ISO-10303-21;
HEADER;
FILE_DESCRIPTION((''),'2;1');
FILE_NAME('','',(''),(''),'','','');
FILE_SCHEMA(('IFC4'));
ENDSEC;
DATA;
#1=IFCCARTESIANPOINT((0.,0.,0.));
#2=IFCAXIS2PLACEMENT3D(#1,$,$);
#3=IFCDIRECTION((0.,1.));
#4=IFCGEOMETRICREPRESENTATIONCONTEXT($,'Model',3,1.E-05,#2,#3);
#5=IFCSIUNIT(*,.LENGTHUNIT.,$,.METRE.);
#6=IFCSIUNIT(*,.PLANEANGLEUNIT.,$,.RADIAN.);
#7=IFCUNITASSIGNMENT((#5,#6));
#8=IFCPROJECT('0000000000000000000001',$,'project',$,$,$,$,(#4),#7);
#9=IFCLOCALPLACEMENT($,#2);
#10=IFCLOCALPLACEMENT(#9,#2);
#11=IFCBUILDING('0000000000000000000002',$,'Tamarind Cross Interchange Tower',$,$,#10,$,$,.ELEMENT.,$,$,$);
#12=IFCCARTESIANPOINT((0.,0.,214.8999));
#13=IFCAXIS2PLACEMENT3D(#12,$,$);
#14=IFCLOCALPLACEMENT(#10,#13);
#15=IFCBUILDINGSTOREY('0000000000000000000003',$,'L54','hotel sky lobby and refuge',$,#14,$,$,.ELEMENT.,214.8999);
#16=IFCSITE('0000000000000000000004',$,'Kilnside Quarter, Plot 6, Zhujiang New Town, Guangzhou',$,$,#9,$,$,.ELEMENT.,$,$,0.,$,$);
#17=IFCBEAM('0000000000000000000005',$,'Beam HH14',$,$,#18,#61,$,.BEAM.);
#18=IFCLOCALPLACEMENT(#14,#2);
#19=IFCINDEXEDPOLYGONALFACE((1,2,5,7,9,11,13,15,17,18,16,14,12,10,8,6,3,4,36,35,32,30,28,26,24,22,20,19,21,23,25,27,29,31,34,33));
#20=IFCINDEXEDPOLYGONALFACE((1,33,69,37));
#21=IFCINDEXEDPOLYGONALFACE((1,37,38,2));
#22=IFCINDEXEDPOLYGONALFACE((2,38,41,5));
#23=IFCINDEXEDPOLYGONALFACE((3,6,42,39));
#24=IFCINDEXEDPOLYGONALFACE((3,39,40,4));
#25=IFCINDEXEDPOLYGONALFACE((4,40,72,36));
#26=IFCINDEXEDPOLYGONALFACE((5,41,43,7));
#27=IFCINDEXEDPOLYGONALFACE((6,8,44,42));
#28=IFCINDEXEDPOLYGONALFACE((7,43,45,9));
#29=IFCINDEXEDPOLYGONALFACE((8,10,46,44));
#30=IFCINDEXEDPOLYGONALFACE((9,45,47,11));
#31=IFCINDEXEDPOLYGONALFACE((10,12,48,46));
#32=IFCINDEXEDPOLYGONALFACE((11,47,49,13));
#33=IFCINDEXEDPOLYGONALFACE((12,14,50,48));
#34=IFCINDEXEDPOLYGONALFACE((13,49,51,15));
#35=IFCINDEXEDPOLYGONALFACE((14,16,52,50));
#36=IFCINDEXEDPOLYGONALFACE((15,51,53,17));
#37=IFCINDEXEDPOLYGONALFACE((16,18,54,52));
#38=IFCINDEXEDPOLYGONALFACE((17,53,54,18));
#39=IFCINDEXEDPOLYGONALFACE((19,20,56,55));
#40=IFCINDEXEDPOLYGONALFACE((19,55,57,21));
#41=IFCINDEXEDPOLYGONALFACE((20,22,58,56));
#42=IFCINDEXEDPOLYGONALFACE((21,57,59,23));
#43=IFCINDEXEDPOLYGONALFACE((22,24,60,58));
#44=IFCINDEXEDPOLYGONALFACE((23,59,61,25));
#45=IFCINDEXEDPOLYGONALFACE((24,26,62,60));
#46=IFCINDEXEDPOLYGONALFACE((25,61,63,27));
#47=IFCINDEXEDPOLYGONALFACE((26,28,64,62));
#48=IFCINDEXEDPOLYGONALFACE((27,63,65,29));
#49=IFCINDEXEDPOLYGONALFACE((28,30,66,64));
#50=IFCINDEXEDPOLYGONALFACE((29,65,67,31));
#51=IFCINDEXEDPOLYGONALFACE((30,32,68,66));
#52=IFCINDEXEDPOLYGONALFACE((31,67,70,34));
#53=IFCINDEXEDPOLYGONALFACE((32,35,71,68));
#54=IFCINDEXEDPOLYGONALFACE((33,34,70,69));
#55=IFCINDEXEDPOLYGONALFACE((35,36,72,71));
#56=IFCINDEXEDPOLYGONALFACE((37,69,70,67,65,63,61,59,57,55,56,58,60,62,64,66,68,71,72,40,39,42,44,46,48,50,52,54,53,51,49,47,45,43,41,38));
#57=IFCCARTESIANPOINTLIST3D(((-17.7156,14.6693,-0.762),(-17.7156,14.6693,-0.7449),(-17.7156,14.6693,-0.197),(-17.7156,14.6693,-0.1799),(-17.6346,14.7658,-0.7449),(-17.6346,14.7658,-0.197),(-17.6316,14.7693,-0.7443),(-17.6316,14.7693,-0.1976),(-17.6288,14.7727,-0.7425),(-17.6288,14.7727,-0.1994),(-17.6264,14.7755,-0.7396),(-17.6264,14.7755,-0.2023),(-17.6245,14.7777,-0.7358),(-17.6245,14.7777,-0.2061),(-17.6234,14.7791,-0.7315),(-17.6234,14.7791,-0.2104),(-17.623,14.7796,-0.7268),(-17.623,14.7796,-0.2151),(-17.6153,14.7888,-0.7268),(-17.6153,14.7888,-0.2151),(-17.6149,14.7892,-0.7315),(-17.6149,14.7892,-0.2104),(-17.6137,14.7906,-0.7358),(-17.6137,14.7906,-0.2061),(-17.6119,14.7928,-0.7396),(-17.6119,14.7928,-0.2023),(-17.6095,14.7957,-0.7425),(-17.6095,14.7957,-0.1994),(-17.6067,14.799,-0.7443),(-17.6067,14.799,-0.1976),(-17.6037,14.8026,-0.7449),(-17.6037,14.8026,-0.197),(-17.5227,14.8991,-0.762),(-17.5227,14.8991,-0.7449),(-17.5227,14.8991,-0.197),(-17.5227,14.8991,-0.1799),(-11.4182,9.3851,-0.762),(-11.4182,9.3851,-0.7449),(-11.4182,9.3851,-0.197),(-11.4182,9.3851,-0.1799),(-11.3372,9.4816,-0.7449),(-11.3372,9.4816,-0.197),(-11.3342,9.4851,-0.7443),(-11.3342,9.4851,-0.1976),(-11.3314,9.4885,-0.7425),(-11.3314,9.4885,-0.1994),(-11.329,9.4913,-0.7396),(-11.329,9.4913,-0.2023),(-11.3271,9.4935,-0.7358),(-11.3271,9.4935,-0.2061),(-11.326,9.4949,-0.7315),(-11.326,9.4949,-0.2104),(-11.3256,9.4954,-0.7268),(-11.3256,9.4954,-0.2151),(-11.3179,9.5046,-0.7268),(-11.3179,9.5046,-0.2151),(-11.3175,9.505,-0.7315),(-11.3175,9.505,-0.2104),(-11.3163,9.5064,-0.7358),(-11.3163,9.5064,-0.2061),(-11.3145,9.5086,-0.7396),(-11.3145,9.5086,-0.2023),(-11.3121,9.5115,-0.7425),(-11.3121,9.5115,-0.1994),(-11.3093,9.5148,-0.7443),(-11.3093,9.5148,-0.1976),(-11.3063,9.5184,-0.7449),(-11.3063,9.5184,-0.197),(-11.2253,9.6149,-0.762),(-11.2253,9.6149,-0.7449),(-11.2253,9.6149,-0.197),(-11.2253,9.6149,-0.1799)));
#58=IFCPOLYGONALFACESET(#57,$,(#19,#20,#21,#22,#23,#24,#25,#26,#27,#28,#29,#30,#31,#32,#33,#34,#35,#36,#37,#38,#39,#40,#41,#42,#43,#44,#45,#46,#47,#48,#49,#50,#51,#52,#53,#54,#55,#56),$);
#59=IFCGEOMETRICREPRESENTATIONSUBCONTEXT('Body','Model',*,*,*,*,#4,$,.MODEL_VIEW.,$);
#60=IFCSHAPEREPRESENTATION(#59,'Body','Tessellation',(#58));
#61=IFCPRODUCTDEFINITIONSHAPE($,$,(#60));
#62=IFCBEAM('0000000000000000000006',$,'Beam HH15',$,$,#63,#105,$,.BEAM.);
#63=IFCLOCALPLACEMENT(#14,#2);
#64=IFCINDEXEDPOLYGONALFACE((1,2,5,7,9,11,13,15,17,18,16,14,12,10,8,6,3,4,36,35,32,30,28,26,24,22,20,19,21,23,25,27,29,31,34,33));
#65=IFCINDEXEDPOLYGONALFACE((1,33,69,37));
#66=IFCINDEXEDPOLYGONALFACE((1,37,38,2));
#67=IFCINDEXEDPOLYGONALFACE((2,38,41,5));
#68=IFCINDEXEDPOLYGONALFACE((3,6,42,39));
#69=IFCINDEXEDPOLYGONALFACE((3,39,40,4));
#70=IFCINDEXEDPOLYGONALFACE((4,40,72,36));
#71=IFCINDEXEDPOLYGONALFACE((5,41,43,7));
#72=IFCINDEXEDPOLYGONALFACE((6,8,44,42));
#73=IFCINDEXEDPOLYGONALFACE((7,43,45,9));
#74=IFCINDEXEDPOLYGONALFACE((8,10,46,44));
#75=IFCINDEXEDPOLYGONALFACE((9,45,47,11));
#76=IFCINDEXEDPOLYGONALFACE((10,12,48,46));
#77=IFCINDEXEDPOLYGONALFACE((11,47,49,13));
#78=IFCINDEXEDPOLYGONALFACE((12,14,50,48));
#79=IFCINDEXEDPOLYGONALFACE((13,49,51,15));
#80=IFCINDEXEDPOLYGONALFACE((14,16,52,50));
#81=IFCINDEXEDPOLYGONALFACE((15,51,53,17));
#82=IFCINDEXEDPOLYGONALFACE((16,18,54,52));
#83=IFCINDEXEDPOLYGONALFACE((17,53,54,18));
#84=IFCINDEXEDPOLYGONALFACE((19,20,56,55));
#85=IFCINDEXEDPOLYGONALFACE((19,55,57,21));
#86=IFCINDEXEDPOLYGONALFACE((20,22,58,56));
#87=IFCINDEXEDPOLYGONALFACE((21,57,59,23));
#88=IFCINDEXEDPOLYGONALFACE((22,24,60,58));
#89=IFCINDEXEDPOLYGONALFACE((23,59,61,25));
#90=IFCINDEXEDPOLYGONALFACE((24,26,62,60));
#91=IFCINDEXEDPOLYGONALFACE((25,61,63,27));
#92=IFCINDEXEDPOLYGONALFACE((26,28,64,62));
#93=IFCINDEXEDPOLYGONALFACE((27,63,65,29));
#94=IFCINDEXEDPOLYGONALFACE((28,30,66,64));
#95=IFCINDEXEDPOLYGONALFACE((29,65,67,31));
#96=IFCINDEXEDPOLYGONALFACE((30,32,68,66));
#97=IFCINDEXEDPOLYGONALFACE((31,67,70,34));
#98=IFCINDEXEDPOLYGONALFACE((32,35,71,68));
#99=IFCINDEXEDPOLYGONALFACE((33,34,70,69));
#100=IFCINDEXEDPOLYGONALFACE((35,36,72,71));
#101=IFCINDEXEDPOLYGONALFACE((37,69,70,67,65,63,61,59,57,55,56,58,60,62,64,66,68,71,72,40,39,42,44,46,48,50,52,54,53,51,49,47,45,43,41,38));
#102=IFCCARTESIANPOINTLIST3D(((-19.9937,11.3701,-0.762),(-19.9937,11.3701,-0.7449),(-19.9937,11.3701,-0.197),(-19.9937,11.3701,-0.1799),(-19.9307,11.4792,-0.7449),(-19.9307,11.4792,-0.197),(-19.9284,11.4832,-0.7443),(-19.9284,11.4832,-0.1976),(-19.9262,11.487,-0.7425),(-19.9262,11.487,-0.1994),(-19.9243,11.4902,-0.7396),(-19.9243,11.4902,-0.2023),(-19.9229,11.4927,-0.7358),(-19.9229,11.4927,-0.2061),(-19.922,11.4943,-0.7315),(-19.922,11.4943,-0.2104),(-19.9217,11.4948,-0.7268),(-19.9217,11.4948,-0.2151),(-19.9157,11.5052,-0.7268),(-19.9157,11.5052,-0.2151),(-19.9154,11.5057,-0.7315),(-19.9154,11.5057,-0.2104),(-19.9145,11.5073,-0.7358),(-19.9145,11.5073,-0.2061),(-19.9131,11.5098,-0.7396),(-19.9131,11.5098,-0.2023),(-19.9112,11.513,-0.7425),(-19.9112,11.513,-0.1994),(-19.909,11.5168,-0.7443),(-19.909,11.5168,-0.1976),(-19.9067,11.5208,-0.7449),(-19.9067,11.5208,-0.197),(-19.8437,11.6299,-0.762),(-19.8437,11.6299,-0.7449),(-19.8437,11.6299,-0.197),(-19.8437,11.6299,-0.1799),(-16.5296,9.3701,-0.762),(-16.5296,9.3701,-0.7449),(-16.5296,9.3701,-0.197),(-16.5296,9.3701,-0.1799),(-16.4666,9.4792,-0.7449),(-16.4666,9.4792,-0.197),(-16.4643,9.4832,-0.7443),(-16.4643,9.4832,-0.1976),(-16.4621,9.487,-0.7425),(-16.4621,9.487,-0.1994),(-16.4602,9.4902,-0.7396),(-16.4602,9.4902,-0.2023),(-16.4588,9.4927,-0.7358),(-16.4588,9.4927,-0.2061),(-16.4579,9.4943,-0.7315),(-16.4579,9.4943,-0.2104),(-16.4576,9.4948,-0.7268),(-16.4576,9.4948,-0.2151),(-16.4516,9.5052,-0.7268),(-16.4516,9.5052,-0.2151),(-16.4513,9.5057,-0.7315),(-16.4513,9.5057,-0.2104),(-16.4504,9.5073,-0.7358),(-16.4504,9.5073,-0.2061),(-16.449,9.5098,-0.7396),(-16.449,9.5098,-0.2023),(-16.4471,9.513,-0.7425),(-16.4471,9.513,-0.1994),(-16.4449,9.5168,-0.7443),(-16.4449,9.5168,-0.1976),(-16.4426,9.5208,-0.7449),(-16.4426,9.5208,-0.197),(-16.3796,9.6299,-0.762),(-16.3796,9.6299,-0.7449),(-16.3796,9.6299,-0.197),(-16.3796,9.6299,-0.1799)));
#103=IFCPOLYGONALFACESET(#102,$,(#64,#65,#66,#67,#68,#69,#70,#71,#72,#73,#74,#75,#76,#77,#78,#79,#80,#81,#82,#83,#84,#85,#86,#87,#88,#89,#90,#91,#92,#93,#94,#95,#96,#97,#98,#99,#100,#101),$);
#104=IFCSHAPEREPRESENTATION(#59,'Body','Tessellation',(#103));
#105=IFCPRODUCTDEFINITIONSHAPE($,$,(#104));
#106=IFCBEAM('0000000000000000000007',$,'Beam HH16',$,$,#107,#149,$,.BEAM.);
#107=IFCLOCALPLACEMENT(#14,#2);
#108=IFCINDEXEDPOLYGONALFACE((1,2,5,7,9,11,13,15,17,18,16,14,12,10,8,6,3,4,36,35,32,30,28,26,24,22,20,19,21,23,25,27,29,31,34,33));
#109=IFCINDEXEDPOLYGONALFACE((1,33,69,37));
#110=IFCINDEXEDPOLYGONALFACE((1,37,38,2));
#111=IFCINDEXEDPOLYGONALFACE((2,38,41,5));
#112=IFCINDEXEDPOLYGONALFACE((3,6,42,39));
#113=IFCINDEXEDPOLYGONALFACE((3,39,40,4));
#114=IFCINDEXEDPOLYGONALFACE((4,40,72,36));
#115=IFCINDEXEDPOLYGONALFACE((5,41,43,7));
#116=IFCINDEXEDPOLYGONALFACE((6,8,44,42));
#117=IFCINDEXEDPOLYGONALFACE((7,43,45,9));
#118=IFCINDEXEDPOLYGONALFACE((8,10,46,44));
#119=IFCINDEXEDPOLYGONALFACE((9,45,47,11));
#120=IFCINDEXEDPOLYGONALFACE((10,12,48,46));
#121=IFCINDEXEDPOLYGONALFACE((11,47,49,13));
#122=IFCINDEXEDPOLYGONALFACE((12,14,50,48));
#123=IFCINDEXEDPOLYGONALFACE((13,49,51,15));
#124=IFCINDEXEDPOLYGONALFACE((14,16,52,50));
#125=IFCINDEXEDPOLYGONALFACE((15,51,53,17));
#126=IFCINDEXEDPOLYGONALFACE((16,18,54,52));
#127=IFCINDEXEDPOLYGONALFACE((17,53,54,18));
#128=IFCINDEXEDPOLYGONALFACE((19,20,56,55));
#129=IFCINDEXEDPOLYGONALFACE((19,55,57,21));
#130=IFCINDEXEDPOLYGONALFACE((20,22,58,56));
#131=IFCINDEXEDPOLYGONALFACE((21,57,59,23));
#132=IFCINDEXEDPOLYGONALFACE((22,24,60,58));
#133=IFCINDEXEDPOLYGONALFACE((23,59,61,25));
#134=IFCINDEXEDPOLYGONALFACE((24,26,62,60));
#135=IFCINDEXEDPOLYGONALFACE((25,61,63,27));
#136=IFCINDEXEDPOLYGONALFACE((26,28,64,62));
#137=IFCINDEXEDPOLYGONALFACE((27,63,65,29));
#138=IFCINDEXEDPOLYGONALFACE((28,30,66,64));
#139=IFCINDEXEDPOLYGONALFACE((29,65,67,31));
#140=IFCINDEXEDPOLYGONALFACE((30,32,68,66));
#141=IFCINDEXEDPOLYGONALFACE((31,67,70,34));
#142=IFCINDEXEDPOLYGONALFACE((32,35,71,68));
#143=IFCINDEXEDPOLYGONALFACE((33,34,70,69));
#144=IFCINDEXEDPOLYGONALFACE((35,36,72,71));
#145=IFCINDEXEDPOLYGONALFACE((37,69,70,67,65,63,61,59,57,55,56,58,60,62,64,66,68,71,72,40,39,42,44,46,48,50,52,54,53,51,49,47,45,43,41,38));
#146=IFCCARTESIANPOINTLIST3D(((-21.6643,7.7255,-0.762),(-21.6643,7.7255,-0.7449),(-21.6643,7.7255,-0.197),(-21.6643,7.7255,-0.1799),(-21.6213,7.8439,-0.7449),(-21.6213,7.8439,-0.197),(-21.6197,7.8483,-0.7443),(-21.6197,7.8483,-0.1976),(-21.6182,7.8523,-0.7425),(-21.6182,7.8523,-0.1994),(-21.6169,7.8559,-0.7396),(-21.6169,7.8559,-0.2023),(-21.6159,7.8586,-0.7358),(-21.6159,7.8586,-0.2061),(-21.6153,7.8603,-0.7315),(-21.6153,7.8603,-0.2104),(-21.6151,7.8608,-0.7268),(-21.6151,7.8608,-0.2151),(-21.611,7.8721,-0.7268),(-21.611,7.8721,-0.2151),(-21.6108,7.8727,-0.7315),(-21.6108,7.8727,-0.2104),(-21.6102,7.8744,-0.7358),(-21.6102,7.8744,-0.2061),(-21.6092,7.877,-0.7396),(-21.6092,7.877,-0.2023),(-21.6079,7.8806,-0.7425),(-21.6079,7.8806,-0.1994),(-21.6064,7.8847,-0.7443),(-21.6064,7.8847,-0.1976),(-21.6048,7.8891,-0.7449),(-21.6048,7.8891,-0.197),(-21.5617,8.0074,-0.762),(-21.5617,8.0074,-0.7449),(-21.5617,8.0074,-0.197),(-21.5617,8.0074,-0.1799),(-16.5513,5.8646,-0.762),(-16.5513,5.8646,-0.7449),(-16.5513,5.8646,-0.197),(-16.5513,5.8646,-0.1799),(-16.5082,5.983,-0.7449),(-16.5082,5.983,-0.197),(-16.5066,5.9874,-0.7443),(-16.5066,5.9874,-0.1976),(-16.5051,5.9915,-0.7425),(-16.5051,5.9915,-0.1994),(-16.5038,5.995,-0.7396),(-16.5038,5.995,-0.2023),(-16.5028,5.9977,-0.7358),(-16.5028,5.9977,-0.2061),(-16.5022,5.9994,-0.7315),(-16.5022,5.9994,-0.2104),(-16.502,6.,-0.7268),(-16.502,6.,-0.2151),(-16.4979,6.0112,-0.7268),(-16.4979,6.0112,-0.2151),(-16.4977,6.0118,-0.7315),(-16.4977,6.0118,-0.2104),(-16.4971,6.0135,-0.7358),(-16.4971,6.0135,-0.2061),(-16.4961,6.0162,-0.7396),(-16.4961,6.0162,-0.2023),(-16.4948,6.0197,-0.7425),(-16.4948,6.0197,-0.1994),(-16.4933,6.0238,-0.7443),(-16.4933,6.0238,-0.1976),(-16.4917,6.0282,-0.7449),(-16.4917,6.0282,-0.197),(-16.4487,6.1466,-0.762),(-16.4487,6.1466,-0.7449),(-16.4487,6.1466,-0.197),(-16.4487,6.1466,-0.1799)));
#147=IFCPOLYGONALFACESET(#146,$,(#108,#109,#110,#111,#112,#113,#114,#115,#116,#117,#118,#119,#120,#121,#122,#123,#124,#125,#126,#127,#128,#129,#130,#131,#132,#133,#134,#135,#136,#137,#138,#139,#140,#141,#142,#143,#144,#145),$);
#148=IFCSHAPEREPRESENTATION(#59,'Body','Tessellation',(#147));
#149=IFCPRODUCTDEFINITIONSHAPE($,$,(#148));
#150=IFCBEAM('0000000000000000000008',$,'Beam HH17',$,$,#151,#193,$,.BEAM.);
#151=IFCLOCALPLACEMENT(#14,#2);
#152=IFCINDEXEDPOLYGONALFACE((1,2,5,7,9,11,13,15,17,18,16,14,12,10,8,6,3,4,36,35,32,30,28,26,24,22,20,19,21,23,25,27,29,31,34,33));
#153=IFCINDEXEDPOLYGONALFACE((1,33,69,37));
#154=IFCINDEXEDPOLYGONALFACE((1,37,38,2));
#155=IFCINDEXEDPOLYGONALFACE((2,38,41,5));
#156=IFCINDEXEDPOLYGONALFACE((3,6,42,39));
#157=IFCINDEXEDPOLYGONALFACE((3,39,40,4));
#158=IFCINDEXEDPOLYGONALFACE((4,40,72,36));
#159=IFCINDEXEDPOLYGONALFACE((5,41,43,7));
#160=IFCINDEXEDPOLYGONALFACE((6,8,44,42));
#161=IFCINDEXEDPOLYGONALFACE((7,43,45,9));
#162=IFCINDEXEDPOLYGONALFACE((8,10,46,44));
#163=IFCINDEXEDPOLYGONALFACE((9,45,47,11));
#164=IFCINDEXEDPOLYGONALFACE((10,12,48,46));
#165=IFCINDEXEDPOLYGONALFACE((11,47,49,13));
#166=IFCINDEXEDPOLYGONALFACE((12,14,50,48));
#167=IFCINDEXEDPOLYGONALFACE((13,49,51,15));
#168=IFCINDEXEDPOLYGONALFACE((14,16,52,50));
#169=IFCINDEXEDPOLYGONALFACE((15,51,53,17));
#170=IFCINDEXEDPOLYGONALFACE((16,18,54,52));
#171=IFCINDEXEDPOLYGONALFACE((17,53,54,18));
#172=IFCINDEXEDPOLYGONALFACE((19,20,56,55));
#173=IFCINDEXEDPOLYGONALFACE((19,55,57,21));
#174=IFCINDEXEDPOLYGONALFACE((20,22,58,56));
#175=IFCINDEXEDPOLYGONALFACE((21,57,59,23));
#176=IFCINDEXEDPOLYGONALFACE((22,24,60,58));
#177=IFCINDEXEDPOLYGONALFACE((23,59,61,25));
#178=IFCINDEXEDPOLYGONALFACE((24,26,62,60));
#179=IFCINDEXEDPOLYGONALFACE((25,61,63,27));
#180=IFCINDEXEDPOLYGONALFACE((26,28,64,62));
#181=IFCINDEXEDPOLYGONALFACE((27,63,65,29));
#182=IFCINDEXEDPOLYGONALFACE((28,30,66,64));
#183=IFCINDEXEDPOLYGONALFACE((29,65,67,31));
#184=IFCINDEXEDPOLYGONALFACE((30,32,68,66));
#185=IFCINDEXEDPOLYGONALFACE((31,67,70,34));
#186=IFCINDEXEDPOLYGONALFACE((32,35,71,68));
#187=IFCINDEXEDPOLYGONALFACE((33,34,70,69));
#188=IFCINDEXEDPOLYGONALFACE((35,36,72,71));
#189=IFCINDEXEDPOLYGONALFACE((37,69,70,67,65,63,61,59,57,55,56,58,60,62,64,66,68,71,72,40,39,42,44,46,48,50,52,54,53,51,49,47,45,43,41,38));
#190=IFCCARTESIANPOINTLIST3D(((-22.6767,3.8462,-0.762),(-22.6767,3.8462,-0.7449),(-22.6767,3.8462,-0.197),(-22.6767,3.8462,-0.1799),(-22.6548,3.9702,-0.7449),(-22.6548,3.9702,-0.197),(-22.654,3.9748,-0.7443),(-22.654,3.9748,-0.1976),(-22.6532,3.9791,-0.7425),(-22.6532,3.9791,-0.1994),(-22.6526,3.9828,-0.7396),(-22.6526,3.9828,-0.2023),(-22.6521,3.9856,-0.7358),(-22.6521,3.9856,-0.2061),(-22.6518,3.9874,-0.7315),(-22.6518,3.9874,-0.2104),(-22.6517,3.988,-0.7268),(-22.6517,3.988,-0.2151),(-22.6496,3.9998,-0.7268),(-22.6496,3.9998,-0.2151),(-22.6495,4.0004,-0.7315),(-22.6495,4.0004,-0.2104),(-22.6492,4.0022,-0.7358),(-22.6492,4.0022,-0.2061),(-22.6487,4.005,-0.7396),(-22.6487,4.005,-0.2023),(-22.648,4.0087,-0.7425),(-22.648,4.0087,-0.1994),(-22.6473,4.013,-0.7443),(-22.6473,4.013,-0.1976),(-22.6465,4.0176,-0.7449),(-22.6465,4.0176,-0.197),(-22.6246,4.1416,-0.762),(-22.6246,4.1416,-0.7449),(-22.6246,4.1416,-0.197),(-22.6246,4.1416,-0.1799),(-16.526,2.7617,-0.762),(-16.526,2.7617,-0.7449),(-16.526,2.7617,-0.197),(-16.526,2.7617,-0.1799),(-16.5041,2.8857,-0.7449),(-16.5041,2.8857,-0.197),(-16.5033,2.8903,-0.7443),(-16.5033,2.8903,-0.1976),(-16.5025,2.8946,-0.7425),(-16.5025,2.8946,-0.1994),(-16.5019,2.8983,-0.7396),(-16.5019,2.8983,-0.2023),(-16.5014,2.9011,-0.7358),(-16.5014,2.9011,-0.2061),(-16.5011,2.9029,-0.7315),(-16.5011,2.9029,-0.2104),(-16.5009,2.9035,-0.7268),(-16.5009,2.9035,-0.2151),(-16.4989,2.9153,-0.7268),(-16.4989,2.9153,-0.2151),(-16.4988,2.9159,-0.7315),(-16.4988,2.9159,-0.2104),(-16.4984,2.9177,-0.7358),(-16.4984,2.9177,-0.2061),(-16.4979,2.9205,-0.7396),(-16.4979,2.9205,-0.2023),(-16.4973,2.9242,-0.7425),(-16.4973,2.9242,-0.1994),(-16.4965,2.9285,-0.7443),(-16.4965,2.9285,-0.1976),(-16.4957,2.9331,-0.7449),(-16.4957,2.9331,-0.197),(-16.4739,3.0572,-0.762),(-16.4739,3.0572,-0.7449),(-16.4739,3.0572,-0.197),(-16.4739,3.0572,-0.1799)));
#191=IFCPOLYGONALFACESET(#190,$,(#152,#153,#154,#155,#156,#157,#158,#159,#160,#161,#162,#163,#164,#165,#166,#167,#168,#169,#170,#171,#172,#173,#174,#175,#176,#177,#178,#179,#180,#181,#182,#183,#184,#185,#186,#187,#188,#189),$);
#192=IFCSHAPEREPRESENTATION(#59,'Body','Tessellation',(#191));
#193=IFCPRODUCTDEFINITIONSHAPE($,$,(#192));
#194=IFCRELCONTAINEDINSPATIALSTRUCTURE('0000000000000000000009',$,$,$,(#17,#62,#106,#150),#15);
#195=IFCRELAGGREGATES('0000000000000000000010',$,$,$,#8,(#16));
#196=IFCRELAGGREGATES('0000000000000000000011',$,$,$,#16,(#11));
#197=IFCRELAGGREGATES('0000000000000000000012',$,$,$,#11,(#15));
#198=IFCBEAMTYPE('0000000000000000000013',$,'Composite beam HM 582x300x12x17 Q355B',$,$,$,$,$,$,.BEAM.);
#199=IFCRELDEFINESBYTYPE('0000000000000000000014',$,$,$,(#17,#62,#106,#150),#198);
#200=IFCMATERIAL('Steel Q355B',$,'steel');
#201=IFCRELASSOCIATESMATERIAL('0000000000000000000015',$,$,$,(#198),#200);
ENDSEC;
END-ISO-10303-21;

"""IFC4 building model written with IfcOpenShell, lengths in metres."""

from ifc_helpers import new_model, si_unit, direction, frame, origin, origin_2d, place, context, subcontext, project, spatial, i_section, extrude, material, material_profile, profile_set, type_object, element, save


model = new_model("IFC4")

# Units and contexts
model_context = context("Model", 3, precision=1e-05, world=origin(), true_north=direction((0.0, 1.0)))
body_context = subcontext(model_context, "Body", "Model", "MODEL_VIEW")
ifc_project = project(units=[si_unit("LENGTHUNIT", "METRE"), si_unit("PLANEANGLEUNIT", "RADIAN")], contexts=[model_context])

# Site, building, storey
site_placement = place(None, origin())
site = spatial("IfcSite", under=ifc_project, at=site_placement, Name="Kilnside Quarter, Plot 6, Zhujiang New Town, Guangzhou", CompositionType="ELEMENT", RefElevation=0.0)
building_placement = place(site_placement, origin())
building = spatial("IfcBuilding", under=site, at=building_placement, Name="Tamarind Cross Interchange Tower", CompositionType="ELEMENT")
storey_placement = place(building_placement, frame((0.0, 0.0, 214.8999)))
storey = spatial("IfcBuildingStorey", under=building, at=storey_placement, Name="L54", Description="hotel sky lobby and refuge", CompositionType="ELEMENT", Elevation=214.8999)

# Beams
ifc_material_1 = material(Name="Steel Q355B", Category="steel")
ifc_material_profile_1 = material_profile(ifc_material_1, i_section(OverallWidth=0.3, OverallDepth=0.582, WebThickness=0.012, FlangeThickness=0.0171, FilletRadius=0.0181, at=origin_2d()), Name="HM 582x300x12x17")
ifc_profile_set_1 = profile_set([ifc_material_profile_1], Name="Steel Q355B")
beam_type = type_object("IfcBeamType", Name="Composite beam HM 582x300x12x17 Q355B", PredefinedType="BEAM", material=ifc_profile_set_1)
beam_1_placement = place(storey_placement, frame((-17.6191, 14.7842, -0.4709), z_axis=(0.766041, -0.642792, 0.0), x_axis=(0.642792, 0.766041, 0.0)))
element("IfcBeam", 1, at=beam_1_placement, inside=storey, type_object=beam_type, Name="Beam HH14", PredefinedType="BEAM", context=body_context, shape_type="SweptSolid", body=[
    extrude(i_section(OverallWidth=0.3, OverallDepth=0.582, WebThickness=0.012, FlangeThickness=0.0171, FilletRadius=0.0181, at=origin_2d()), origin(), (0.0, 0.0, 1.0), 8.2207),
])
beam_2_placement = place(storey_placement, frame((-19.9187, 11.5, -0.4709), z_axis=(0.866026, -0.499999, 0.0), x_axis=(0.499999, 0.866026, 0.0)))
element("IfcBeam", 2, at=beam_2_placement, inside=storey, type_object=beam_type, Name="Beam HH15", PredefinedType="BEAM", context=body_context, shape_type="SweptSolid", body=[
    extrude(i_section(OverallWidth=0.3, OverallDepth=0.582, WebThickness=0.012, FlangeThickness=0.0171, FilletRadius=0.0181, at=origin_2d()), origin(), (0.0, 0.0, 1.0), 4.0),
])
beam_3_placement = place(storey_placement, frame((-21.613, 7.8665, -0.4709), z_axis=(0.939702, -0.341995, 0.0), x_axis=(0.341995, 0.939702, 0.0)))
element("IfcBeam", 3, at=beam_3_placement, inside=storey, type_object=beam_type, Name="Beam HH16", PredefinedType="BEAM", context=body_context, shape_type="SweptSolid", body=[
    extrude(i_section(OverallWidth=0.3, OverallDepth=0.582, WebThickness=0.012, FlangeThickness=0.0171, FilletRadius=0.0181, at=origin_2d()), origin(), (0.0, 0.0, 1.0), 5.4412),
])
beam_4_placement = place(storey_placement, frame((-22.6506, 3.9939, -0.4709), z_axis=(0.984809, -0.17364, 0.0), x_axis=(0.17364, 0.984809, 0.0)))
element("IfcBeam", 4, at=beam_4_placement, inside=storey, type_object=beam_type, Name="Beam HH17", PredefinedType="BEAM", context=body_context, shape_type="SweptSolid", body=[
    extrude(i_section(OverallWidth=0.3, OverallDepth=0.582, WebThickness=0.012, FlangeThickness=0.0171, FilletRadius=0.0181, at=origin_2d()), origin(), (0.0, 0.0, 1.0), 6.2456),
])

save(model, "model.ifc")
